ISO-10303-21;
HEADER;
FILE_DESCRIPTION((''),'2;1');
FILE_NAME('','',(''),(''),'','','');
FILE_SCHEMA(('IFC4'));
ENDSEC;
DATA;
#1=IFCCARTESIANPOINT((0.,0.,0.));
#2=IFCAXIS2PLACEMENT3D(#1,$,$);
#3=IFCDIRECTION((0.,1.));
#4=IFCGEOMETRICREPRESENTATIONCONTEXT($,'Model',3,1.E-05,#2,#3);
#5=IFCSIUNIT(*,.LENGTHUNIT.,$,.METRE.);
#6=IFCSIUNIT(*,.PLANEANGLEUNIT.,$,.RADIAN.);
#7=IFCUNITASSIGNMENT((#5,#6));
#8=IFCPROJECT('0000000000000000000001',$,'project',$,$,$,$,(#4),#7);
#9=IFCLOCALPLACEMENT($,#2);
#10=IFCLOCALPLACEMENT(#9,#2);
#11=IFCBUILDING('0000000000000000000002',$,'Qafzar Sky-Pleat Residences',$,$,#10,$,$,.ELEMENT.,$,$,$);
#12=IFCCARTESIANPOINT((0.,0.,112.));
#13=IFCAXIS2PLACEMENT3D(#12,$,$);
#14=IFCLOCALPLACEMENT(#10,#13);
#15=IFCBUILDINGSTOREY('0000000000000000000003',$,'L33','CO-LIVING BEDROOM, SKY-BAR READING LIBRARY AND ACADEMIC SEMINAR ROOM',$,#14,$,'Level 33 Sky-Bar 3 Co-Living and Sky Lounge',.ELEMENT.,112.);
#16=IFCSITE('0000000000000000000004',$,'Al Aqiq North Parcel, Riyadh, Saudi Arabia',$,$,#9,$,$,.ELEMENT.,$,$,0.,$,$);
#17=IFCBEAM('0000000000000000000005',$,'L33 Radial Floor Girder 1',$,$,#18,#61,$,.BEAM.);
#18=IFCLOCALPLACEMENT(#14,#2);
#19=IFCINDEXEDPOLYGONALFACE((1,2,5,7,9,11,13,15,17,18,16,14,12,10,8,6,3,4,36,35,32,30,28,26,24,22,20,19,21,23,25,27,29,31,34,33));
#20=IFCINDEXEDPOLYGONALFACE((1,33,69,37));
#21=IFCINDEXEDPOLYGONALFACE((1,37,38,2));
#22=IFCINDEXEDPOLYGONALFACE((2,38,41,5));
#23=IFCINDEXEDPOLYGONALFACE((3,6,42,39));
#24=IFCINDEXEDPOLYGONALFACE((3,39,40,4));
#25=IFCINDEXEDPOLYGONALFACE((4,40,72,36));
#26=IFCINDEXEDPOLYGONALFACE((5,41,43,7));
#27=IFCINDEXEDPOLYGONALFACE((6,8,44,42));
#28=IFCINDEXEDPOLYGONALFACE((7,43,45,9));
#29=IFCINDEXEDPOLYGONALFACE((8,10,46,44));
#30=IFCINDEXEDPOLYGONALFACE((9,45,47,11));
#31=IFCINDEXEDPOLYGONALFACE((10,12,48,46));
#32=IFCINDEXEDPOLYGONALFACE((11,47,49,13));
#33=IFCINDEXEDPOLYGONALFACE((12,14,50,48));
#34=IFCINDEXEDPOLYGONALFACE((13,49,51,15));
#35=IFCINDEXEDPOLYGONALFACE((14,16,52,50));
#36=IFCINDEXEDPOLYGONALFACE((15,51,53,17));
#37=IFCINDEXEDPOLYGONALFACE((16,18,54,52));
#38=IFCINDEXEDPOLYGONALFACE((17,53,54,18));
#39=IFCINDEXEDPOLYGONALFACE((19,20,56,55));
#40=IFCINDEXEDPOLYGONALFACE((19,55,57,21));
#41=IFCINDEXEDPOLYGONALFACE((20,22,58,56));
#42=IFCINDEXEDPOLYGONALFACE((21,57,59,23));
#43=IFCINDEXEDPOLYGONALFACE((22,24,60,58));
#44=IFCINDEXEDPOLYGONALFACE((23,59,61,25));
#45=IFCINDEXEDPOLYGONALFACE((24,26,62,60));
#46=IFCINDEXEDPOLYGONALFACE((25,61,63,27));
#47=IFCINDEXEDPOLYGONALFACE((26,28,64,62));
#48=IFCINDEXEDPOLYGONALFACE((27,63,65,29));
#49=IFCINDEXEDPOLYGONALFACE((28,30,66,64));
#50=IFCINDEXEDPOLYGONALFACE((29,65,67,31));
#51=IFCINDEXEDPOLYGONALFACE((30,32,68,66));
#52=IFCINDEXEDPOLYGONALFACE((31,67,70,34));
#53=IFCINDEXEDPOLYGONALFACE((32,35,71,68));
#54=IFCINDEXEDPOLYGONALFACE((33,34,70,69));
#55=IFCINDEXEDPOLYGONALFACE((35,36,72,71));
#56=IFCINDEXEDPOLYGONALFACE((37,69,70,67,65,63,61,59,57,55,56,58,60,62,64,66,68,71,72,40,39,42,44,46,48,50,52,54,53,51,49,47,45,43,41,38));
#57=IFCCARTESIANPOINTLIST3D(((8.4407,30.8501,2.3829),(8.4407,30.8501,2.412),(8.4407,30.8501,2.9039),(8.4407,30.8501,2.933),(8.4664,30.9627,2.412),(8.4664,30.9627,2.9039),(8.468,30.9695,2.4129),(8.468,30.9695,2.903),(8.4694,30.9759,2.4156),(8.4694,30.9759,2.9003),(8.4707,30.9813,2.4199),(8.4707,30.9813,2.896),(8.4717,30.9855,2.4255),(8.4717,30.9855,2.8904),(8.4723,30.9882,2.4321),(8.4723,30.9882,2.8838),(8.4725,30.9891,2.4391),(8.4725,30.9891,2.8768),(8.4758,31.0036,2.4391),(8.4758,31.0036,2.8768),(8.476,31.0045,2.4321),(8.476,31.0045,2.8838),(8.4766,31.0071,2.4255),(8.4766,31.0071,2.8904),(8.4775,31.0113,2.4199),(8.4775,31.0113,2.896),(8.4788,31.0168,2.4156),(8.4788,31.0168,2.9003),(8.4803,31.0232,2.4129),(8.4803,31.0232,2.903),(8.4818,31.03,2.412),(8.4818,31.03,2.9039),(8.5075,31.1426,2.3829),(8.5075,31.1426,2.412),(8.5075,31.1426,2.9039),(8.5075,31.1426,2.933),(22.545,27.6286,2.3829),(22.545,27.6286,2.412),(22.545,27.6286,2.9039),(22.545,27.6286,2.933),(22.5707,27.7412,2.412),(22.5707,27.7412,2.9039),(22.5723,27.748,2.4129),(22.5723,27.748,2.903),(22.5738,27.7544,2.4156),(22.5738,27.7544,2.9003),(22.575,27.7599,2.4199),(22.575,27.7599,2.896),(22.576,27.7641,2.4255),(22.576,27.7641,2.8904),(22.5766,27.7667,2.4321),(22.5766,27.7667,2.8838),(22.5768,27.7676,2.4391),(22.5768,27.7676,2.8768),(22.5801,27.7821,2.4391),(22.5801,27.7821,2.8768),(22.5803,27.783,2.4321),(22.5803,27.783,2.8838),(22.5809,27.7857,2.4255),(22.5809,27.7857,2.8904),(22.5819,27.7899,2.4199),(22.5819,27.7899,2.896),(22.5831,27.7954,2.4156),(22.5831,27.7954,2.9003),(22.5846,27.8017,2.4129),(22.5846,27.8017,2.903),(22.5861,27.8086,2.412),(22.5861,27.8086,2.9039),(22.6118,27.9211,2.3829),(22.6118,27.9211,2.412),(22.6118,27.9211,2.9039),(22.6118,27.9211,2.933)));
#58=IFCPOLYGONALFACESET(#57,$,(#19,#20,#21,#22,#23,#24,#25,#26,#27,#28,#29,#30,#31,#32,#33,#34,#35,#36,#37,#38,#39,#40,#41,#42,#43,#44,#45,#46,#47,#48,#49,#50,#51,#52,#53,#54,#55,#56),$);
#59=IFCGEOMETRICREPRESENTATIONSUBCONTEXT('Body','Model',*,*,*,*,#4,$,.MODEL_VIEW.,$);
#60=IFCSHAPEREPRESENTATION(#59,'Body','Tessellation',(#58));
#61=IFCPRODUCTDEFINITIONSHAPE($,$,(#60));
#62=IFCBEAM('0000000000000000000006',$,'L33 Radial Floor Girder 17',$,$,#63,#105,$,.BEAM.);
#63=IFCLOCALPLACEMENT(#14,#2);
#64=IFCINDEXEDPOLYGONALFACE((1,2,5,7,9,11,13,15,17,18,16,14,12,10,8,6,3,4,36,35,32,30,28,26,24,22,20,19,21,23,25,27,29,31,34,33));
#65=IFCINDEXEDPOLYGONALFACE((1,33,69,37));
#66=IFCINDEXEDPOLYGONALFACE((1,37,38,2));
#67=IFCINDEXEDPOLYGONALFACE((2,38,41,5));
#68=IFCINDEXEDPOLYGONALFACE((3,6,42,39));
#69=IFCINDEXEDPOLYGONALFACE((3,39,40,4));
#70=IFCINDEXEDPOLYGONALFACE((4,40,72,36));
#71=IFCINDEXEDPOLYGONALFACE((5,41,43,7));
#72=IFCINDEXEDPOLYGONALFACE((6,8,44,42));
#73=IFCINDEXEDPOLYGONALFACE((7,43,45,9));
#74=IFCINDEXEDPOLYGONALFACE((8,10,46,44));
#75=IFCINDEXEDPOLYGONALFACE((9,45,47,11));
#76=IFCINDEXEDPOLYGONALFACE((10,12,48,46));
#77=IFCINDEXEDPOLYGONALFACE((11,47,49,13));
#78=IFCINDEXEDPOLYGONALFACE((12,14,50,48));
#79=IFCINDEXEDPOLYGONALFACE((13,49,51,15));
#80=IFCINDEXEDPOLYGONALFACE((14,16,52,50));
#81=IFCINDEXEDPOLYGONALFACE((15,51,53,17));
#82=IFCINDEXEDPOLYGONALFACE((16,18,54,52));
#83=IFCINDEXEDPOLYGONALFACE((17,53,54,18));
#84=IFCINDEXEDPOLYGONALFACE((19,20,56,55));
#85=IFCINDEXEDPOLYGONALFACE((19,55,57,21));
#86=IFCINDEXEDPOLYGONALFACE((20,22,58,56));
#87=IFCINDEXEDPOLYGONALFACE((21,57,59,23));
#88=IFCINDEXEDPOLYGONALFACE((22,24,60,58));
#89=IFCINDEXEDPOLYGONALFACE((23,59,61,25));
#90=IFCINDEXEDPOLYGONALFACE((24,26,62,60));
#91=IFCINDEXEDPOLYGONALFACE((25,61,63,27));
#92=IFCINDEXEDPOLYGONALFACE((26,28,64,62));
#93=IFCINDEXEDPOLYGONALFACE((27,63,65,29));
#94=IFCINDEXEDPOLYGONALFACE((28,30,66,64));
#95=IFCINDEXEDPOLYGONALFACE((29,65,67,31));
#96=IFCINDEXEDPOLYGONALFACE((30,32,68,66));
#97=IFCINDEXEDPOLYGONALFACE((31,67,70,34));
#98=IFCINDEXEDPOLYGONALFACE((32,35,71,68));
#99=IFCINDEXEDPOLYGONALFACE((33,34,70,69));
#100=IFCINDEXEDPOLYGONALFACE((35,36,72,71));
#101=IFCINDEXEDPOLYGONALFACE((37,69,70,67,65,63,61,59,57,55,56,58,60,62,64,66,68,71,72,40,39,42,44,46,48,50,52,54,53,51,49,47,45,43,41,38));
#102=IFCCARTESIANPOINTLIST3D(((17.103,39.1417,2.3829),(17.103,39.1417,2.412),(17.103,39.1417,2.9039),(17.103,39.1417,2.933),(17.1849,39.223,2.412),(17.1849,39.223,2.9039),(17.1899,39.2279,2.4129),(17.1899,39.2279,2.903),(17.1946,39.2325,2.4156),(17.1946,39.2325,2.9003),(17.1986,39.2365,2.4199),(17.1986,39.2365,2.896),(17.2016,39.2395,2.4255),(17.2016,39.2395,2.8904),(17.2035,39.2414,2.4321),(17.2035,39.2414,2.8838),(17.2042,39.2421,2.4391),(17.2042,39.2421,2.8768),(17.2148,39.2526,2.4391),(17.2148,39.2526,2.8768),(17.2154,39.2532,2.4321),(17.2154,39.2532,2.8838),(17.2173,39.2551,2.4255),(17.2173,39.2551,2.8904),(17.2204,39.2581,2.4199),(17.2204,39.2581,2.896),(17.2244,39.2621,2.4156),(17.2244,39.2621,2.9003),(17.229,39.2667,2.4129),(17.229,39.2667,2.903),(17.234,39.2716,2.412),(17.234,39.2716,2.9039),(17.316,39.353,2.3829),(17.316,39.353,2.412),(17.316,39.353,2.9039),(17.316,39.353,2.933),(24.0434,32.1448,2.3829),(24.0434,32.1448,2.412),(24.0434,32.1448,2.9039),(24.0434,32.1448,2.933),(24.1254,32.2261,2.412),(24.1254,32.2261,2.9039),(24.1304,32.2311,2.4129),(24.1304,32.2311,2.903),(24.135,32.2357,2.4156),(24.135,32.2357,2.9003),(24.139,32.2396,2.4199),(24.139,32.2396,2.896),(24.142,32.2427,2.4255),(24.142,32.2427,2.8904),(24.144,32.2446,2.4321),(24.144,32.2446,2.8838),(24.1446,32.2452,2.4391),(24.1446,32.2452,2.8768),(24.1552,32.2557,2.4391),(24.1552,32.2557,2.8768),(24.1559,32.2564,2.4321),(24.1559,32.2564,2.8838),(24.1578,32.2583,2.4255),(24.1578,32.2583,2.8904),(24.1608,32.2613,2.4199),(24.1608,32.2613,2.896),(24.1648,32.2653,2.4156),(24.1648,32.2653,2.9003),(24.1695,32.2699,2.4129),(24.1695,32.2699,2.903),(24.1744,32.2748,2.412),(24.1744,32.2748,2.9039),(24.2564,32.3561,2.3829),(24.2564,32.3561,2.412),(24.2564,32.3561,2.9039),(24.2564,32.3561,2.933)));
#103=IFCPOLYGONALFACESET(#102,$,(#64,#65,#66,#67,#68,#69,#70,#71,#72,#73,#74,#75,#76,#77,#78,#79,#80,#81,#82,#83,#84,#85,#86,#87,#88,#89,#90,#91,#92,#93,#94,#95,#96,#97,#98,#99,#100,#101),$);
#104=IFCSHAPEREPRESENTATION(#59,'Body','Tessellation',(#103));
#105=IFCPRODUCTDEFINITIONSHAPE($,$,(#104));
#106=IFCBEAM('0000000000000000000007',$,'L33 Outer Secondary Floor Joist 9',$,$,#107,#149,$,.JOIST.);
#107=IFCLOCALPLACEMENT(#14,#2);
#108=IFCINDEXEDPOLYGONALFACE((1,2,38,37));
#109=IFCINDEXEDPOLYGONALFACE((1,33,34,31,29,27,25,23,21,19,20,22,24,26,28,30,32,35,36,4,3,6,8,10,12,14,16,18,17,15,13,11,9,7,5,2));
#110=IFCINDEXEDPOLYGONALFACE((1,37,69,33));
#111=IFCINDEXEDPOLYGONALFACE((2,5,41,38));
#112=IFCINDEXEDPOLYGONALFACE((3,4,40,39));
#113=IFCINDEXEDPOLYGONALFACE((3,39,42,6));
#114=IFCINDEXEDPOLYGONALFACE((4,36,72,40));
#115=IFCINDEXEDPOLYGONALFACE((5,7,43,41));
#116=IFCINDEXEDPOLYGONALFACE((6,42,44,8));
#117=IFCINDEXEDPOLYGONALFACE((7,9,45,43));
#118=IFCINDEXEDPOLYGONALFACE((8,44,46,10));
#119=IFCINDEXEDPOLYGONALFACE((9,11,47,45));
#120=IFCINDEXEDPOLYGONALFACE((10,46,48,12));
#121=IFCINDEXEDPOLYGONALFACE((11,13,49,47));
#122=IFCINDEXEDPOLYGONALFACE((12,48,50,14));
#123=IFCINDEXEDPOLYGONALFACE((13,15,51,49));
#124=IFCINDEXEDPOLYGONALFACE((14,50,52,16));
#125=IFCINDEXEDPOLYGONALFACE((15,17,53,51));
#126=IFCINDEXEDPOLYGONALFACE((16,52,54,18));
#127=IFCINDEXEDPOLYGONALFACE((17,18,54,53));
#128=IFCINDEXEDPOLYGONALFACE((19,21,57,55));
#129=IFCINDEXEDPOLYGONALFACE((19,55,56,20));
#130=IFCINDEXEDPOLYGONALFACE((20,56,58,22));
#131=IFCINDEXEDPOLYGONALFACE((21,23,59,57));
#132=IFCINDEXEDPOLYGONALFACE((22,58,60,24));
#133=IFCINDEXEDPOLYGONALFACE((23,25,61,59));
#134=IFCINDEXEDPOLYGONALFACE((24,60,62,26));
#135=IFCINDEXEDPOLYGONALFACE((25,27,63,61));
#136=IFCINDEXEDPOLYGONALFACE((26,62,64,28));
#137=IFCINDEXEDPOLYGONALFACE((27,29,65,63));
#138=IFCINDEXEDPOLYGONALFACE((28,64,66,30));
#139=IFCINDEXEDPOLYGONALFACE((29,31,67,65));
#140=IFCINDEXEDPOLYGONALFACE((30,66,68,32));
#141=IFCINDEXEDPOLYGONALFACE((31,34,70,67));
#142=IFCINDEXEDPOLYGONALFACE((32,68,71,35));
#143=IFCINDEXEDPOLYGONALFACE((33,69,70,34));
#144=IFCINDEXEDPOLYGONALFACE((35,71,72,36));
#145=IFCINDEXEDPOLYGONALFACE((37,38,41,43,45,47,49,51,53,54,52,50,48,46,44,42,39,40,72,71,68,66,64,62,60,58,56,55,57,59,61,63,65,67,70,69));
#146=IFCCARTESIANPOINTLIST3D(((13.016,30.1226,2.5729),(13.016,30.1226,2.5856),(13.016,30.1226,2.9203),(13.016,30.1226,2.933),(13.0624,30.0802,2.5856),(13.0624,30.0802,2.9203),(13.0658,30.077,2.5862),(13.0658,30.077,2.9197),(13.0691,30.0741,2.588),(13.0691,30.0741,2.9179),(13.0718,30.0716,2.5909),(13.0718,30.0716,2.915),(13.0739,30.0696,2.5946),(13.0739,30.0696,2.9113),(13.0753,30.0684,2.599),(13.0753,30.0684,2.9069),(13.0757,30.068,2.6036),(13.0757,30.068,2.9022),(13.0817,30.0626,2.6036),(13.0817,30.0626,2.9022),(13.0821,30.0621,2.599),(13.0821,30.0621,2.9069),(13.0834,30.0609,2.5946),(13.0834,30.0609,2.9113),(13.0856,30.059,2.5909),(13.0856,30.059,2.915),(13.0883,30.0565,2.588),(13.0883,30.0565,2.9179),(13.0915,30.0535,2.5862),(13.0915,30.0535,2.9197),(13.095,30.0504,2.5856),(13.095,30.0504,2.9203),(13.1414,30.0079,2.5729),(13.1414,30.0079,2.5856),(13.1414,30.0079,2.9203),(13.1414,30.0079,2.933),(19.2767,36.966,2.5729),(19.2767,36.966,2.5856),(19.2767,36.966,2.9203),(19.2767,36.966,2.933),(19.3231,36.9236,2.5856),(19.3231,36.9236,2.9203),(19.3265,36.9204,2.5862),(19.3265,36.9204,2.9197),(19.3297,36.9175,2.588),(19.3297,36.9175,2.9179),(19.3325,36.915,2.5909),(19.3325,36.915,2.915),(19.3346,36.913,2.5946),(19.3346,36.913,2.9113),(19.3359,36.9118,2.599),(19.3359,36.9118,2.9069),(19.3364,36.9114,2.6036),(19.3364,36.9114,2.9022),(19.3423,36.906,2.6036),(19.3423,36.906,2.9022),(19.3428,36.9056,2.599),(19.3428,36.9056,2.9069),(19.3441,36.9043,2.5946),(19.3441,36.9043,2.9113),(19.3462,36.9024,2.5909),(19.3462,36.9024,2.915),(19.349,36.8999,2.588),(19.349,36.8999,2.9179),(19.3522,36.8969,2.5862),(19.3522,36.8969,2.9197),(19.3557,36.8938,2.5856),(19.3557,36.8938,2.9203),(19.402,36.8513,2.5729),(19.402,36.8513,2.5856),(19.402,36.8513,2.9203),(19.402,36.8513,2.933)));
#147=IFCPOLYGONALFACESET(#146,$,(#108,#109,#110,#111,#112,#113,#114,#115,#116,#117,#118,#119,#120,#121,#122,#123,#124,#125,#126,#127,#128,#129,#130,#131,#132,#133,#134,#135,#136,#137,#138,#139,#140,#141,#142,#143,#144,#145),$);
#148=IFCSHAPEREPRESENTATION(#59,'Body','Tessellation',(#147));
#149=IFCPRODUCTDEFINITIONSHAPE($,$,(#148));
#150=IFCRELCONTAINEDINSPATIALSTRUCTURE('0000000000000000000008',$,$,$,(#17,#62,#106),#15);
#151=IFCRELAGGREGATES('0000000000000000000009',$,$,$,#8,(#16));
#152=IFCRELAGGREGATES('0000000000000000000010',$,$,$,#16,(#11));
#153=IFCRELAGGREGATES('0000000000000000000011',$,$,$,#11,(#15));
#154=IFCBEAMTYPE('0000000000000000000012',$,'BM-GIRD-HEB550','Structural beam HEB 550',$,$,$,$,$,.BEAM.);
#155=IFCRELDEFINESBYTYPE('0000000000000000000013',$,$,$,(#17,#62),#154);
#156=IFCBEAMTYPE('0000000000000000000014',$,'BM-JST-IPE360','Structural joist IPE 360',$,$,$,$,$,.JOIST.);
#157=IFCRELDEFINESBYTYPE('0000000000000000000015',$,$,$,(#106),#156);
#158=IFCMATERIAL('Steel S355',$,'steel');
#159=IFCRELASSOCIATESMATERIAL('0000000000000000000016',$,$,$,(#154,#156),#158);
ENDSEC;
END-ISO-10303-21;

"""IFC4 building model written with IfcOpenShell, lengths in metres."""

from ifc_helpers import new_model, si_unit, direction, frame, origin, origin_2d, place, context, subcontext, project, spatial, i_section, extrude, source, transform, mapped, material, material_profile, profile_set, type_object, element, save


model = new_model("IFC4")

# Units and contexts
model_context = context("Model", 3, precision=1e-05, world=origin(), true_north=direction((0.0, 1.0)))
body_context = subcontext(model_context, "Body", "Model", "MODEL_VIEW")
ifc_project = project(units=[si_unit("LENGTHUNIT", "METRE"), si_unit("PLANEANGLEUNIT", "RADIAN")], contexts=[model_context])

# Site, building, storey
site_placement = place(None, origin())
site = spatial("IfcSite", under=ifc_project, at=site_placement, Name="Al Aqiq North Parcel, Riyadh, Saudi Arabia", CompositionType="ELEMENT", RefElevation=0.0)
building_placement = place(site_placement, origin())
building = spatial("IfcBuilding", under=site, at=building_placement, Name="Qafzar Sky-Pleat Residences", CompositionType="ELEMENT")
storey_placement = place(building_placement, frame((0.0, 0.0, 112.0)))
storey = spatial("IfcBuildingStorey", under=building, at=storey_placement, Name="L33", Description="CO-LIVING BEDROOM, SKY-BAR READING LIBRARY AND ACADEMIC SEMINAR ROOM", LongName="Level 33 Sky-Bar 3 Co-Living and Sky Lounge", CompositionType="ELEMENT", Elevation=112.0)

# Beams
ifc_material_1 = material(Name="Steel S355", Category="steel")
ifc_material_profile_1 = material_profile(ifc_material_1, i_section(OverallWidth=0.3, OverallDepth=0.55, WebThickness=0.0149, FlangeThickness=0.0291, FilletRadius=0.0271, at=origin_2d()), Name="HEB 550")
ifc_profile_set_1 = profile_set([ifc_material_profile_1], Name="Steel S355")
beam_type_1 = type_object("IfcBeamType", Name="BM-GIRD-HEB550", Description="Structural beam HEB 550", PredefinedType="BEAM", material=ifc_profile_set_1)
shared_shape_1 = source(origin(), body_context, "Body", "SweptSolid", [
    extrude(i_section(OverallWidth=0.3, OverallDepth=0.55, WebThickness=0.0149, FlangeThickness=0.0291, FilletRadius=0.0271, at=origin_2d()), origin(), (0.0, 0.0, 1.0), 14.4675),
])
beam_1_placement = place(storey_placement, frame((8.4741, 30.9963, 2.658), z_axis=(0.974894, -0.222668, 0.0), x_axis=(0.222668, 0.974894, 0.0)))
element("IfcBeam", 1, at=beam_1_placement, inside=storey, type_object=beam_type_1, Name="L33 Radial Floor Girder 1", PredefinedType="BEAM", context=body_context, shape_type="MappedRepresentation", body=[
    mapped(shared_shape_1, transform((0.0, 0.0, 0.0), x_axis=(1.0, 0.0, 0.0), y_axis=(0.0, 1.0, 0.0), z_axis=(0.0, 0.0, 1.0), scale=1.0)),
])
shared_shape_2 = source(origin(), body_context, "Body", "SweptSolid", [
    extrude(i_section(OverallWidth=0.3, OverallDepth=0.55, WebThickness=0.0149, FlangeThickness=0.0291, FilletRadius=0.0271, at=origin_2d()), origin(), (0.0, 0.0, 1.0), 9.8552),
])
beam_2_placement = place(storey_placement, frame((17.2095, 39.2473, 2.658), z_axis=(0.70424, -0.709962, 0.0), x_axis=(0.709962, 0.70424, 0.0)))
element("IfcBeam", 2, at=beam_2_placement, inside=storey, type_object=beam_type_1, Name="L33 Radial Floor Girder 17", PredefinedType="BEAM", context=body_context, shape_type="MappedRepresentation", body=[
    mapped(shared_shape_2, transform((0.0, 0.0, 0.0), x_axis=(1.0, 0.0, 0.0), y_axis=(0.0, 1.0, 0.0), z_axis=(0.0, 0.0, 1.0), scale=1.0)),
])
ifc_material_profile_2 = material_profile(ifc_material_1, i_section(OverallWidth=0.1699, OverallDepth=0.3601, WebThickness=0.0081, FlangeThickness=0.0127, FilletRadius=0.0181, at=origin_2d()), Name="IPE 360")
ifc_profile_set_2 = profile_set([ifc_material_profile_2], Name="Steel S355")
beam_type_2 = type_object("IfcBeamType", Name="BM-JST-IPE360", Description="Structural joist IPE 360", PredefinedType="JOIST", material=ifc_profile_set_2)
shared_shape_3 = source(origin(), body_context, "Body", "SweptSolid", [
    extrude(i_section(OverallWidth=0.1699, OverallDepth=0.3601, WebThickness=0.0081, FlangeThickness=0.0127, FilletRadius=0.0181, at=origin_2d()), origin(), (0.0, 0.0, 1.0), 9.2751),
])
beam_3_placement = place(storey_placement, frame((19.3394, 36.9087, 2.7529), z_axis=(-0.674994, -0.737824, 0.0), x_axis=(0.737824, -0.674994, 0.0)))
element("IfcBeam", 3, at=beam_3_placement, inside=storey, type_object=beam_type_2, Name="L33 Outer Secondary Floor Joist 9", PredefinedType="JOIST", context=body_context, shape_type="MappedRepresentation", body=[
    mapped(shared_shape_3, transform((0.0, 0.0, 0.0), x_axis=(1.0, 0.0, 0.0), y_axis=(0.0, 1.0, 0.0), z_axis=(0.0, 0.0, 1.0), scale=1.0)),
])

save(model, "model.ifc")
